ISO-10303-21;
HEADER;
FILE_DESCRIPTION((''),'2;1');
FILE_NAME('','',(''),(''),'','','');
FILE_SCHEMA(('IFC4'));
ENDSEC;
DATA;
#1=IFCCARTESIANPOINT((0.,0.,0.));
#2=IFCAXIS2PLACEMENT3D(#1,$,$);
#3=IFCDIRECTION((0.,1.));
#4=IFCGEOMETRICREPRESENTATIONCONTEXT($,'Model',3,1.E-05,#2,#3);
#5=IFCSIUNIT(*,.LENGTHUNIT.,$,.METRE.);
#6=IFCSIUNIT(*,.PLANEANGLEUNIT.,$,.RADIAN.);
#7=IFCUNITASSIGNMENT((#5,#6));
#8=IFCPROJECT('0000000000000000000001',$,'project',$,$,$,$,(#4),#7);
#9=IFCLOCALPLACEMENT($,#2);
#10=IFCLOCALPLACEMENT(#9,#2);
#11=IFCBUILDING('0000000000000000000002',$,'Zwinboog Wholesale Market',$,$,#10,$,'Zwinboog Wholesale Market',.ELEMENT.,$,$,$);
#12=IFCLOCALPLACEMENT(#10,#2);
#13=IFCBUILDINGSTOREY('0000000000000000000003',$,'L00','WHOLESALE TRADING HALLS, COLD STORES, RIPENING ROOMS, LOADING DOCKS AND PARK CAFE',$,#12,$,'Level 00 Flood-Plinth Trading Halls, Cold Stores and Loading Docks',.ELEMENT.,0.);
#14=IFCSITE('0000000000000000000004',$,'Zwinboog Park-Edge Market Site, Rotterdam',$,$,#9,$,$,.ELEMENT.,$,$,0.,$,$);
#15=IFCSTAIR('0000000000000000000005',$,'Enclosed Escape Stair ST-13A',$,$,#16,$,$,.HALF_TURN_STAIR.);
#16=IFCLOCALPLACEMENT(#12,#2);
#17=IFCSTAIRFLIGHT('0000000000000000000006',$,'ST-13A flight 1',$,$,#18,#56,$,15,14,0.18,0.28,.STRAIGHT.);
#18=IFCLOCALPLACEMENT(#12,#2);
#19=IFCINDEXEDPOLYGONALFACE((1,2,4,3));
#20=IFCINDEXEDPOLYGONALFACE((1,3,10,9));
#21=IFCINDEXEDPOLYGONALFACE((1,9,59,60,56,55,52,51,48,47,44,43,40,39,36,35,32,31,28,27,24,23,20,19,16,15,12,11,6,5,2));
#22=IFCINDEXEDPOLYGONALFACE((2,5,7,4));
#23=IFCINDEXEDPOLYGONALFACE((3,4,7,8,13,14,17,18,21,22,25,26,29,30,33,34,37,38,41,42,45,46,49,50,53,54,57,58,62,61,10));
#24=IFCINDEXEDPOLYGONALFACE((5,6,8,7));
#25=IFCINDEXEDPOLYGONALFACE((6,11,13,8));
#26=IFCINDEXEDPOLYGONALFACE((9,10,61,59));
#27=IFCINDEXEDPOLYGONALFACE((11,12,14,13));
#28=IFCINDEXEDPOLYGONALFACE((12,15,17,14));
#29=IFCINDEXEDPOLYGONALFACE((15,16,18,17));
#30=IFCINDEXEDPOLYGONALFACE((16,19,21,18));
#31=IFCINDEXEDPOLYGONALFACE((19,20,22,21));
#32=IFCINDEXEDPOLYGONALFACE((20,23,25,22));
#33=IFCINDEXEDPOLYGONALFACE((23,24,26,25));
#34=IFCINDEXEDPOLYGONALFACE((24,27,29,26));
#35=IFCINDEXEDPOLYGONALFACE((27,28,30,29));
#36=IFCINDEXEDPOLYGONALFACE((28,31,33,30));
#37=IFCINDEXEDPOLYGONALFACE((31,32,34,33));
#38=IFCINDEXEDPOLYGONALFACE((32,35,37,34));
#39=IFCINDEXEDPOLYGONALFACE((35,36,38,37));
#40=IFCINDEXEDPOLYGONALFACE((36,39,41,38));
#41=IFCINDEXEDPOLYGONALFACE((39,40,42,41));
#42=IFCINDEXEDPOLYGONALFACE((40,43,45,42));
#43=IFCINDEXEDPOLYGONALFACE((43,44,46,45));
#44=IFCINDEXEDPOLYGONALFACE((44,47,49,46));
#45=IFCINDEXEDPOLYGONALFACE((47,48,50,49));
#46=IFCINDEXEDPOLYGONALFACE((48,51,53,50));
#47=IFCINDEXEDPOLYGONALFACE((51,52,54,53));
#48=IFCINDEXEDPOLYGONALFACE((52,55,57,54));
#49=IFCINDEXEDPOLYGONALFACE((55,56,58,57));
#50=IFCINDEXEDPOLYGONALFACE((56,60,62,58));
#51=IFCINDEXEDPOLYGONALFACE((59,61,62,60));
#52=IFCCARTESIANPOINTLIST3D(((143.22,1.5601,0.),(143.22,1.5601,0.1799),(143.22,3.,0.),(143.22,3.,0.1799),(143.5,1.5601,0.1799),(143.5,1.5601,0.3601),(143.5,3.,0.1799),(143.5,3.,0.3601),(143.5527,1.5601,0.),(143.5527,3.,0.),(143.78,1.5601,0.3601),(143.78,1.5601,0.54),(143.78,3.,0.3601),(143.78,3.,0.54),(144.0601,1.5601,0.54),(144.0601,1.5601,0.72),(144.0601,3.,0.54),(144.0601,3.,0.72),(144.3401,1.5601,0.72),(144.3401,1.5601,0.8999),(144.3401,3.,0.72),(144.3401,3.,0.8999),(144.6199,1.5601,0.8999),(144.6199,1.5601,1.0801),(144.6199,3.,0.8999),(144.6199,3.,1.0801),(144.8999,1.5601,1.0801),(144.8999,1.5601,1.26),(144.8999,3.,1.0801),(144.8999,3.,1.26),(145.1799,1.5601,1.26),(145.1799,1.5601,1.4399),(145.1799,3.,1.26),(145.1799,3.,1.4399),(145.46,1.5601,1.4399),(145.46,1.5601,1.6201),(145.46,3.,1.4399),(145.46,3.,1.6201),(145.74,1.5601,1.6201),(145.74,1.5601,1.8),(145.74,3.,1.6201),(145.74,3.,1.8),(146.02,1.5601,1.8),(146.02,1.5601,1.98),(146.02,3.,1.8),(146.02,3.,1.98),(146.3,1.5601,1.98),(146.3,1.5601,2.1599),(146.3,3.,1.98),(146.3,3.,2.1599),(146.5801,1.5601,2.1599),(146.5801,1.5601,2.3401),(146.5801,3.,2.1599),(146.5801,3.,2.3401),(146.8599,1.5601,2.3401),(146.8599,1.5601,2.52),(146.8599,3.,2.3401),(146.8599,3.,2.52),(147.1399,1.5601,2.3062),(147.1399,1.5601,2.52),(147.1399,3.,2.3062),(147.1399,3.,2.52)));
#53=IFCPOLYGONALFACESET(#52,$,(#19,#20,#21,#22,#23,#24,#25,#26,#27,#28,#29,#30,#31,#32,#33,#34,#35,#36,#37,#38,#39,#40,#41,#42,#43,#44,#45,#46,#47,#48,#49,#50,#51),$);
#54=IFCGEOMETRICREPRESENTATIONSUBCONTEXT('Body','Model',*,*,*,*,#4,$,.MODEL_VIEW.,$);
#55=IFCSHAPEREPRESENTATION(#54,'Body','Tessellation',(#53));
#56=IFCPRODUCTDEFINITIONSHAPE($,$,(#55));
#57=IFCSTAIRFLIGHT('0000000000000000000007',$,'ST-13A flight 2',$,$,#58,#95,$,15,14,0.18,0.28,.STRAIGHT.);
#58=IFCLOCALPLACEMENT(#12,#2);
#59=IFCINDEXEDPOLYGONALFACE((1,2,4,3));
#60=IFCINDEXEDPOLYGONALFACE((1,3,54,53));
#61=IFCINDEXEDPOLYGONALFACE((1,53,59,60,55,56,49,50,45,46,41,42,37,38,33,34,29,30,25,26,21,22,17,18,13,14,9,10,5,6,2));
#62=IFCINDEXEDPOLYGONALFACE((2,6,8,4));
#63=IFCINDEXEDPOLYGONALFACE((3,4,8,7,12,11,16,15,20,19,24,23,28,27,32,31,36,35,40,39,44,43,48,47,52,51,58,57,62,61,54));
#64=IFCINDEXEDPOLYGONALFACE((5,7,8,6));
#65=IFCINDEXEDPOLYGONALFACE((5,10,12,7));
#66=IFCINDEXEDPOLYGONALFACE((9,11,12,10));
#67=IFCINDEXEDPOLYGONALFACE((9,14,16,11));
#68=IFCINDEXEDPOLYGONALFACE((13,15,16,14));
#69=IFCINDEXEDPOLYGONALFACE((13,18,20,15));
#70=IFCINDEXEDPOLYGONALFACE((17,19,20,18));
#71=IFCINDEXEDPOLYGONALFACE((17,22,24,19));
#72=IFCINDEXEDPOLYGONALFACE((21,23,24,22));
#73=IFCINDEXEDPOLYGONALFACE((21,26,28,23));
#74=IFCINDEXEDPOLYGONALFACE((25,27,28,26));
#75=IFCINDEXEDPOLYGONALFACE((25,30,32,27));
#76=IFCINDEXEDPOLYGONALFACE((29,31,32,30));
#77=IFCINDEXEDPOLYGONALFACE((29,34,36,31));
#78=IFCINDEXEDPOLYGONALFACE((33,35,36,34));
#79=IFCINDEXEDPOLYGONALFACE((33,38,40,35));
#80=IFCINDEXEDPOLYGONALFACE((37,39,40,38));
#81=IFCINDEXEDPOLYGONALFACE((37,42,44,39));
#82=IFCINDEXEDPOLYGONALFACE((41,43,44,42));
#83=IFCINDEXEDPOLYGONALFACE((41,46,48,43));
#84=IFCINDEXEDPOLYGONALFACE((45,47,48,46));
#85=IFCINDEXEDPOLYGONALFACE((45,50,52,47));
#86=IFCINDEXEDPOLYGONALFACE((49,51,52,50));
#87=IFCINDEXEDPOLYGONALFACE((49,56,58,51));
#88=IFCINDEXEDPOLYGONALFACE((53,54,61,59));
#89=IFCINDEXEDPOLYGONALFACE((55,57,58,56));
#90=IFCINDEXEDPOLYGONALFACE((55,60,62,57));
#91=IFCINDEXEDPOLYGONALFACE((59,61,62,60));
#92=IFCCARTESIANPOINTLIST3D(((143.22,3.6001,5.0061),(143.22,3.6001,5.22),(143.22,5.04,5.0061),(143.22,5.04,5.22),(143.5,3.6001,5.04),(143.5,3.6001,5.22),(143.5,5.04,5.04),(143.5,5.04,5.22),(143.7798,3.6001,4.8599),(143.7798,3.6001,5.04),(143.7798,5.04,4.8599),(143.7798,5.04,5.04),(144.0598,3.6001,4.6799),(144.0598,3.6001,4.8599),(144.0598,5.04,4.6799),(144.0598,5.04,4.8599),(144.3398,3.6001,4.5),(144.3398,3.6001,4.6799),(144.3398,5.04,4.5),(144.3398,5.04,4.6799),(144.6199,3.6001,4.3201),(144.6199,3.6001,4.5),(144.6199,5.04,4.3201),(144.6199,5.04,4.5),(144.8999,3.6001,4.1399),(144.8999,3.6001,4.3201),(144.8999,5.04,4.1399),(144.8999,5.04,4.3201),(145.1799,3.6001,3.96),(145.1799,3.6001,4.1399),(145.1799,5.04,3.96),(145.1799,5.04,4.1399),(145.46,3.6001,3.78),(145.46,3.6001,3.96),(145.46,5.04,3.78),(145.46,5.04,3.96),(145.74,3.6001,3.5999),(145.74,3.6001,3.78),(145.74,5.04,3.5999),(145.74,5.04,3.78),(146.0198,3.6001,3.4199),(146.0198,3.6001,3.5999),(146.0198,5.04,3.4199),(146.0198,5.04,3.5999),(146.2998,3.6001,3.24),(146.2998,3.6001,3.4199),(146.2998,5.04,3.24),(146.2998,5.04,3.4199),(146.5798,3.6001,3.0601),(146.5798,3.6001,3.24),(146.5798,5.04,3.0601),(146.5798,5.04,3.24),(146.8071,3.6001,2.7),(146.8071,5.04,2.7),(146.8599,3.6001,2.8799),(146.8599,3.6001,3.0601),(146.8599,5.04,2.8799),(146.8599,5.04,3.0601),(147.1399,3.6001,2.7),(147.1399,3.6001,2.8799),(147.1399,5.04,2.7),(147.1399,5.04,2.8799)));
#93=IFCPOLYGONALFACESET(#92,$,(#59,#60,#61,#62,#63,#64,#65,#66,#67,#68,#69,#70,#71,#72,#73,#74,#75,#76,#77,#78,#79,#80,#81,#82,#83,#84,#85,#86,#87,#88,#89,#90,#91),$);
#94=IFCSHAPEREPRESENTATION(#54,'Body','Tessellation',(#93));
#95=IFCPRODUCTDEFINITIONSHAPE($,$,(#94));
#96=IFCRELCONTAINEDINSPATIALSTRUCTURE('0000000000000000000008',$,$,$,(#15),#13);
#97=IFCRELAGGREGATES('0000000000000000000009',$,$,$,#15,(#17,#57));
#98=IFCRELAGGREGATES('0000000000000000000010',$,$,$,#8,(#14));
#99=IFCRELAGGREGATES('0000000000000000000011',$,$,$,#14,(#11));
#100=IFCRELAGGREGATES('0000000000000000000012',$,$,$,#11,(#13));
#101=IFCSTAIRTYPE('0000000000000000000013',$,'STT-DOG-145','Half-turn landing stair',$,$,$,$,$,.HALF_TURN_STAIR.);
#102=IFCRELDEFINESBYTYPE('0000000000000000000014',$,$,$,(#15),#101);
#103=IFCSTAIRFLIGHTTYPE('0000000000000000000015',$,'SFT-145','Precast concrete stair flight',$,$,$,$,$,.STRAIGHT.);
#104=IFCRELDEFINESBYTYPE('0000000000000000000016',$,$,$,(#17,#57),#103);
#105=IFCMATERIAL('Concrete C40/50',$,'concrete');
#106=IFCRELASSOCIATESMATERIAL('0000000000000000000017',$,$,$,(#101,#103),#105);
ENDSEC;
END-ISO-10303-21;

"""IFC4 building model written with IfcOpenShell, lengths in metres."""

from ifc_helpers import new_model, si_unit, direction, frame, origin, place, context, subcontext, project, spatial, polyline, outline, extrude, material, type_object, element, aggregate, save


model = new_model("IFC4")

# Units and contexts
model_context = context("Model", 3, precision=1e-05, world=origin(), true_north=direction((0.0, 1.0)))
body_context = subcontext(model_context, "Body", "Model", "MODEL_VIEW")
ifc_project = project(units=[si_unit("LENGTHUNIT", "METRE"), si_unit("PLANEANGLEUNIT", "RADIAN")], contexts=[model_context])

# Site, building, storey
site_placement = place(None, origin())
site = spatial("IfcSite", under=ifc_project, at=site_placement, Name="Zwinboog Park-Edge Market Site, Rotterdam", CompositionType="ELEMENT", RefElevation=0.0)
building_placement = place(site_placement, origin())
building = spatial("IfcBuilding", under=site, at=building_placement, Name="Zwinboog Wholesale Market", LongName="Zwinboog Wholesale Market", CompositionType="ELEMENT")
storey_placement = place(building_placement, origin())
storey = spatial("IfcBuildingStorey", under=building, at=storey_placement, Name="L00", Description="WHOLESALE TRADING HALLS, COLD STORES, RIPENING ROOMS, LOADING DOCKS AND PARK CAFE", LongName="Level 00 Flood-Plinth Trading Halls, Cold Stores and Loading Docks", CompositionType="ELEMENT", Elevation=0.0)

# Shared definitions
ifc_material_1 = material(Name="Concrete C40/50", Category="concrete")

# Stair, stair flights
stair_type = type_object("IfcStairType", Name="STT-DOG-145", Description="Half-turn landing stair", PredefinedType="HALF_TURN_STAIR", material=ifc_material_1)
stair_placement = place(storey_placement, origin())
stair = element("IfcStair", 1, at=stair_placement, inside=storey, type_object=stair_type, Name="Enclosed Escape Stair ST-13A", PredefinedType="HALF_TURN_STAIR")
stair_flight_type = type_object("IfcStairFlightType", Name="SFT-145", Description="Precast concrete stair flight", PredefinedType="STRAIGHT", material=ifc_material_1)
stair_flight_1_placement = place(storey_placement, frame((143.22, 2.28, 0.0), z_axis=(0.0, 0.0, 1.0), x_axis=(1.0, 0.0, 0.0)))
stair_flight_1 = element("IfcStairFlight", 2, at=stair_flight_1_placement, type_object=stair_flight_type, Name="ST-13A flight 1", NumberOfRisers=15, NumberOfTreads=14, PredefinedType="STRAIGHT", RiserHeight=0.18, TreadLength=0.28, context=body_context, shape_type="SweptSolid", body=[
    extrude(outline(polyline([(0.0, 0.0), (0.0, 0.1799), (0.28, 0.1799), (0.28, 0.3601), (0.5601, 0.3601), (0.5601, 0.54), (0.8401, 0.54), (0.8401, 0.72), (1.1201, 0.72), (1.1201, 0.8999), (1.3999, 0.8999), (1.3999, 1.0801), (1.6799, 1.0801), (1.6799, 1.26), (1.96, 1.26), (1.96, 1.4399), (2.24, 1.4399), (2.24, 1.6201), (2.52, 1.6201), (2.52, 1.8), (2.8, 1.8), (2.8, 1.98), (3.0801, 1.98), (3.0801, 2.1599), (3.3601, 2.1599), (3.3601, 2.3401), (3.6399, 2.3401), (3.6399, 2.52), (3.9199, 2.52), (3.9199, 2.7), (3.9199, 2.3062), (0.3328, 0.0), (0.0, 0.0)])), frame((0.0, 0.72, 0.0), z_axis=(0.0, -1.0, 0.0), x_axis=(1.0, 0.0, 0.0)), (0.0, 0.0, 1.0), 1.4399),
])
stair_flight_2_placement = place(storey_placement, frame((147.1399, 4.3201, 2.7), z_axis=(0.0, 0.0, 1.0), x_axis=(-1.0, 0.0, 0.0)))
stair_flight_2 = element("IfcStairFlight", 3, at=stair_flight_2_placement, type_object=stair_flight_type, Name="ST-13A flight 2", NumberOfRisers=15, NumberOfTreads=14, PredefinedType="STRAIGHT", RiserHeight=0.18, TreadLength=0.28, context=body_context, shape_type="SweptSolid", body=[
    extrude(outline(polyline([(0.0, 0.0), (0.0, 0.1799), (0.28, 0.1799), (0.28, 0.3601), (0.5601, 0.3601), (0.5601, 0.54), (0.8401, 0.54), (0.8401, 0.72), (1.1201, 0.72), (1.1201, 0.8999), (1.3999, 0.8999), (1.3999, 1.0801), (1.6799, 1.0801), (1.6799, 1.26), (1.96, 1.26), (1.96, 1.4399), (2.24, 1.4399), (2.24, 1.6201), (2.52, 1.6201), (2.52, 1.8), (2.8, 1.8), (2.8, 1.98), (3.0801, 1.98), (3.0801, 2.1599), (3.3601, 2.1599), (3.3601, 2.3401), (3.6399, 2.3401), (3.6399, 2.52), (3.9199, 2.52), (3.9199, 2.7), (3.9199, 2.3062), (0.3328, 0.0), (0.0, 0.0)])), frame((0.0, 0.72, 0.0), z_axis=(0.0, -1.0, 0.0), x_axis=(1.0, 0.0, 0.0)), (0.0, 0.0, 1.0), 1.4399),
])
aggregate(stair, [stair_flight_1, stair_flight_2])

save(model, "model.ifc")
